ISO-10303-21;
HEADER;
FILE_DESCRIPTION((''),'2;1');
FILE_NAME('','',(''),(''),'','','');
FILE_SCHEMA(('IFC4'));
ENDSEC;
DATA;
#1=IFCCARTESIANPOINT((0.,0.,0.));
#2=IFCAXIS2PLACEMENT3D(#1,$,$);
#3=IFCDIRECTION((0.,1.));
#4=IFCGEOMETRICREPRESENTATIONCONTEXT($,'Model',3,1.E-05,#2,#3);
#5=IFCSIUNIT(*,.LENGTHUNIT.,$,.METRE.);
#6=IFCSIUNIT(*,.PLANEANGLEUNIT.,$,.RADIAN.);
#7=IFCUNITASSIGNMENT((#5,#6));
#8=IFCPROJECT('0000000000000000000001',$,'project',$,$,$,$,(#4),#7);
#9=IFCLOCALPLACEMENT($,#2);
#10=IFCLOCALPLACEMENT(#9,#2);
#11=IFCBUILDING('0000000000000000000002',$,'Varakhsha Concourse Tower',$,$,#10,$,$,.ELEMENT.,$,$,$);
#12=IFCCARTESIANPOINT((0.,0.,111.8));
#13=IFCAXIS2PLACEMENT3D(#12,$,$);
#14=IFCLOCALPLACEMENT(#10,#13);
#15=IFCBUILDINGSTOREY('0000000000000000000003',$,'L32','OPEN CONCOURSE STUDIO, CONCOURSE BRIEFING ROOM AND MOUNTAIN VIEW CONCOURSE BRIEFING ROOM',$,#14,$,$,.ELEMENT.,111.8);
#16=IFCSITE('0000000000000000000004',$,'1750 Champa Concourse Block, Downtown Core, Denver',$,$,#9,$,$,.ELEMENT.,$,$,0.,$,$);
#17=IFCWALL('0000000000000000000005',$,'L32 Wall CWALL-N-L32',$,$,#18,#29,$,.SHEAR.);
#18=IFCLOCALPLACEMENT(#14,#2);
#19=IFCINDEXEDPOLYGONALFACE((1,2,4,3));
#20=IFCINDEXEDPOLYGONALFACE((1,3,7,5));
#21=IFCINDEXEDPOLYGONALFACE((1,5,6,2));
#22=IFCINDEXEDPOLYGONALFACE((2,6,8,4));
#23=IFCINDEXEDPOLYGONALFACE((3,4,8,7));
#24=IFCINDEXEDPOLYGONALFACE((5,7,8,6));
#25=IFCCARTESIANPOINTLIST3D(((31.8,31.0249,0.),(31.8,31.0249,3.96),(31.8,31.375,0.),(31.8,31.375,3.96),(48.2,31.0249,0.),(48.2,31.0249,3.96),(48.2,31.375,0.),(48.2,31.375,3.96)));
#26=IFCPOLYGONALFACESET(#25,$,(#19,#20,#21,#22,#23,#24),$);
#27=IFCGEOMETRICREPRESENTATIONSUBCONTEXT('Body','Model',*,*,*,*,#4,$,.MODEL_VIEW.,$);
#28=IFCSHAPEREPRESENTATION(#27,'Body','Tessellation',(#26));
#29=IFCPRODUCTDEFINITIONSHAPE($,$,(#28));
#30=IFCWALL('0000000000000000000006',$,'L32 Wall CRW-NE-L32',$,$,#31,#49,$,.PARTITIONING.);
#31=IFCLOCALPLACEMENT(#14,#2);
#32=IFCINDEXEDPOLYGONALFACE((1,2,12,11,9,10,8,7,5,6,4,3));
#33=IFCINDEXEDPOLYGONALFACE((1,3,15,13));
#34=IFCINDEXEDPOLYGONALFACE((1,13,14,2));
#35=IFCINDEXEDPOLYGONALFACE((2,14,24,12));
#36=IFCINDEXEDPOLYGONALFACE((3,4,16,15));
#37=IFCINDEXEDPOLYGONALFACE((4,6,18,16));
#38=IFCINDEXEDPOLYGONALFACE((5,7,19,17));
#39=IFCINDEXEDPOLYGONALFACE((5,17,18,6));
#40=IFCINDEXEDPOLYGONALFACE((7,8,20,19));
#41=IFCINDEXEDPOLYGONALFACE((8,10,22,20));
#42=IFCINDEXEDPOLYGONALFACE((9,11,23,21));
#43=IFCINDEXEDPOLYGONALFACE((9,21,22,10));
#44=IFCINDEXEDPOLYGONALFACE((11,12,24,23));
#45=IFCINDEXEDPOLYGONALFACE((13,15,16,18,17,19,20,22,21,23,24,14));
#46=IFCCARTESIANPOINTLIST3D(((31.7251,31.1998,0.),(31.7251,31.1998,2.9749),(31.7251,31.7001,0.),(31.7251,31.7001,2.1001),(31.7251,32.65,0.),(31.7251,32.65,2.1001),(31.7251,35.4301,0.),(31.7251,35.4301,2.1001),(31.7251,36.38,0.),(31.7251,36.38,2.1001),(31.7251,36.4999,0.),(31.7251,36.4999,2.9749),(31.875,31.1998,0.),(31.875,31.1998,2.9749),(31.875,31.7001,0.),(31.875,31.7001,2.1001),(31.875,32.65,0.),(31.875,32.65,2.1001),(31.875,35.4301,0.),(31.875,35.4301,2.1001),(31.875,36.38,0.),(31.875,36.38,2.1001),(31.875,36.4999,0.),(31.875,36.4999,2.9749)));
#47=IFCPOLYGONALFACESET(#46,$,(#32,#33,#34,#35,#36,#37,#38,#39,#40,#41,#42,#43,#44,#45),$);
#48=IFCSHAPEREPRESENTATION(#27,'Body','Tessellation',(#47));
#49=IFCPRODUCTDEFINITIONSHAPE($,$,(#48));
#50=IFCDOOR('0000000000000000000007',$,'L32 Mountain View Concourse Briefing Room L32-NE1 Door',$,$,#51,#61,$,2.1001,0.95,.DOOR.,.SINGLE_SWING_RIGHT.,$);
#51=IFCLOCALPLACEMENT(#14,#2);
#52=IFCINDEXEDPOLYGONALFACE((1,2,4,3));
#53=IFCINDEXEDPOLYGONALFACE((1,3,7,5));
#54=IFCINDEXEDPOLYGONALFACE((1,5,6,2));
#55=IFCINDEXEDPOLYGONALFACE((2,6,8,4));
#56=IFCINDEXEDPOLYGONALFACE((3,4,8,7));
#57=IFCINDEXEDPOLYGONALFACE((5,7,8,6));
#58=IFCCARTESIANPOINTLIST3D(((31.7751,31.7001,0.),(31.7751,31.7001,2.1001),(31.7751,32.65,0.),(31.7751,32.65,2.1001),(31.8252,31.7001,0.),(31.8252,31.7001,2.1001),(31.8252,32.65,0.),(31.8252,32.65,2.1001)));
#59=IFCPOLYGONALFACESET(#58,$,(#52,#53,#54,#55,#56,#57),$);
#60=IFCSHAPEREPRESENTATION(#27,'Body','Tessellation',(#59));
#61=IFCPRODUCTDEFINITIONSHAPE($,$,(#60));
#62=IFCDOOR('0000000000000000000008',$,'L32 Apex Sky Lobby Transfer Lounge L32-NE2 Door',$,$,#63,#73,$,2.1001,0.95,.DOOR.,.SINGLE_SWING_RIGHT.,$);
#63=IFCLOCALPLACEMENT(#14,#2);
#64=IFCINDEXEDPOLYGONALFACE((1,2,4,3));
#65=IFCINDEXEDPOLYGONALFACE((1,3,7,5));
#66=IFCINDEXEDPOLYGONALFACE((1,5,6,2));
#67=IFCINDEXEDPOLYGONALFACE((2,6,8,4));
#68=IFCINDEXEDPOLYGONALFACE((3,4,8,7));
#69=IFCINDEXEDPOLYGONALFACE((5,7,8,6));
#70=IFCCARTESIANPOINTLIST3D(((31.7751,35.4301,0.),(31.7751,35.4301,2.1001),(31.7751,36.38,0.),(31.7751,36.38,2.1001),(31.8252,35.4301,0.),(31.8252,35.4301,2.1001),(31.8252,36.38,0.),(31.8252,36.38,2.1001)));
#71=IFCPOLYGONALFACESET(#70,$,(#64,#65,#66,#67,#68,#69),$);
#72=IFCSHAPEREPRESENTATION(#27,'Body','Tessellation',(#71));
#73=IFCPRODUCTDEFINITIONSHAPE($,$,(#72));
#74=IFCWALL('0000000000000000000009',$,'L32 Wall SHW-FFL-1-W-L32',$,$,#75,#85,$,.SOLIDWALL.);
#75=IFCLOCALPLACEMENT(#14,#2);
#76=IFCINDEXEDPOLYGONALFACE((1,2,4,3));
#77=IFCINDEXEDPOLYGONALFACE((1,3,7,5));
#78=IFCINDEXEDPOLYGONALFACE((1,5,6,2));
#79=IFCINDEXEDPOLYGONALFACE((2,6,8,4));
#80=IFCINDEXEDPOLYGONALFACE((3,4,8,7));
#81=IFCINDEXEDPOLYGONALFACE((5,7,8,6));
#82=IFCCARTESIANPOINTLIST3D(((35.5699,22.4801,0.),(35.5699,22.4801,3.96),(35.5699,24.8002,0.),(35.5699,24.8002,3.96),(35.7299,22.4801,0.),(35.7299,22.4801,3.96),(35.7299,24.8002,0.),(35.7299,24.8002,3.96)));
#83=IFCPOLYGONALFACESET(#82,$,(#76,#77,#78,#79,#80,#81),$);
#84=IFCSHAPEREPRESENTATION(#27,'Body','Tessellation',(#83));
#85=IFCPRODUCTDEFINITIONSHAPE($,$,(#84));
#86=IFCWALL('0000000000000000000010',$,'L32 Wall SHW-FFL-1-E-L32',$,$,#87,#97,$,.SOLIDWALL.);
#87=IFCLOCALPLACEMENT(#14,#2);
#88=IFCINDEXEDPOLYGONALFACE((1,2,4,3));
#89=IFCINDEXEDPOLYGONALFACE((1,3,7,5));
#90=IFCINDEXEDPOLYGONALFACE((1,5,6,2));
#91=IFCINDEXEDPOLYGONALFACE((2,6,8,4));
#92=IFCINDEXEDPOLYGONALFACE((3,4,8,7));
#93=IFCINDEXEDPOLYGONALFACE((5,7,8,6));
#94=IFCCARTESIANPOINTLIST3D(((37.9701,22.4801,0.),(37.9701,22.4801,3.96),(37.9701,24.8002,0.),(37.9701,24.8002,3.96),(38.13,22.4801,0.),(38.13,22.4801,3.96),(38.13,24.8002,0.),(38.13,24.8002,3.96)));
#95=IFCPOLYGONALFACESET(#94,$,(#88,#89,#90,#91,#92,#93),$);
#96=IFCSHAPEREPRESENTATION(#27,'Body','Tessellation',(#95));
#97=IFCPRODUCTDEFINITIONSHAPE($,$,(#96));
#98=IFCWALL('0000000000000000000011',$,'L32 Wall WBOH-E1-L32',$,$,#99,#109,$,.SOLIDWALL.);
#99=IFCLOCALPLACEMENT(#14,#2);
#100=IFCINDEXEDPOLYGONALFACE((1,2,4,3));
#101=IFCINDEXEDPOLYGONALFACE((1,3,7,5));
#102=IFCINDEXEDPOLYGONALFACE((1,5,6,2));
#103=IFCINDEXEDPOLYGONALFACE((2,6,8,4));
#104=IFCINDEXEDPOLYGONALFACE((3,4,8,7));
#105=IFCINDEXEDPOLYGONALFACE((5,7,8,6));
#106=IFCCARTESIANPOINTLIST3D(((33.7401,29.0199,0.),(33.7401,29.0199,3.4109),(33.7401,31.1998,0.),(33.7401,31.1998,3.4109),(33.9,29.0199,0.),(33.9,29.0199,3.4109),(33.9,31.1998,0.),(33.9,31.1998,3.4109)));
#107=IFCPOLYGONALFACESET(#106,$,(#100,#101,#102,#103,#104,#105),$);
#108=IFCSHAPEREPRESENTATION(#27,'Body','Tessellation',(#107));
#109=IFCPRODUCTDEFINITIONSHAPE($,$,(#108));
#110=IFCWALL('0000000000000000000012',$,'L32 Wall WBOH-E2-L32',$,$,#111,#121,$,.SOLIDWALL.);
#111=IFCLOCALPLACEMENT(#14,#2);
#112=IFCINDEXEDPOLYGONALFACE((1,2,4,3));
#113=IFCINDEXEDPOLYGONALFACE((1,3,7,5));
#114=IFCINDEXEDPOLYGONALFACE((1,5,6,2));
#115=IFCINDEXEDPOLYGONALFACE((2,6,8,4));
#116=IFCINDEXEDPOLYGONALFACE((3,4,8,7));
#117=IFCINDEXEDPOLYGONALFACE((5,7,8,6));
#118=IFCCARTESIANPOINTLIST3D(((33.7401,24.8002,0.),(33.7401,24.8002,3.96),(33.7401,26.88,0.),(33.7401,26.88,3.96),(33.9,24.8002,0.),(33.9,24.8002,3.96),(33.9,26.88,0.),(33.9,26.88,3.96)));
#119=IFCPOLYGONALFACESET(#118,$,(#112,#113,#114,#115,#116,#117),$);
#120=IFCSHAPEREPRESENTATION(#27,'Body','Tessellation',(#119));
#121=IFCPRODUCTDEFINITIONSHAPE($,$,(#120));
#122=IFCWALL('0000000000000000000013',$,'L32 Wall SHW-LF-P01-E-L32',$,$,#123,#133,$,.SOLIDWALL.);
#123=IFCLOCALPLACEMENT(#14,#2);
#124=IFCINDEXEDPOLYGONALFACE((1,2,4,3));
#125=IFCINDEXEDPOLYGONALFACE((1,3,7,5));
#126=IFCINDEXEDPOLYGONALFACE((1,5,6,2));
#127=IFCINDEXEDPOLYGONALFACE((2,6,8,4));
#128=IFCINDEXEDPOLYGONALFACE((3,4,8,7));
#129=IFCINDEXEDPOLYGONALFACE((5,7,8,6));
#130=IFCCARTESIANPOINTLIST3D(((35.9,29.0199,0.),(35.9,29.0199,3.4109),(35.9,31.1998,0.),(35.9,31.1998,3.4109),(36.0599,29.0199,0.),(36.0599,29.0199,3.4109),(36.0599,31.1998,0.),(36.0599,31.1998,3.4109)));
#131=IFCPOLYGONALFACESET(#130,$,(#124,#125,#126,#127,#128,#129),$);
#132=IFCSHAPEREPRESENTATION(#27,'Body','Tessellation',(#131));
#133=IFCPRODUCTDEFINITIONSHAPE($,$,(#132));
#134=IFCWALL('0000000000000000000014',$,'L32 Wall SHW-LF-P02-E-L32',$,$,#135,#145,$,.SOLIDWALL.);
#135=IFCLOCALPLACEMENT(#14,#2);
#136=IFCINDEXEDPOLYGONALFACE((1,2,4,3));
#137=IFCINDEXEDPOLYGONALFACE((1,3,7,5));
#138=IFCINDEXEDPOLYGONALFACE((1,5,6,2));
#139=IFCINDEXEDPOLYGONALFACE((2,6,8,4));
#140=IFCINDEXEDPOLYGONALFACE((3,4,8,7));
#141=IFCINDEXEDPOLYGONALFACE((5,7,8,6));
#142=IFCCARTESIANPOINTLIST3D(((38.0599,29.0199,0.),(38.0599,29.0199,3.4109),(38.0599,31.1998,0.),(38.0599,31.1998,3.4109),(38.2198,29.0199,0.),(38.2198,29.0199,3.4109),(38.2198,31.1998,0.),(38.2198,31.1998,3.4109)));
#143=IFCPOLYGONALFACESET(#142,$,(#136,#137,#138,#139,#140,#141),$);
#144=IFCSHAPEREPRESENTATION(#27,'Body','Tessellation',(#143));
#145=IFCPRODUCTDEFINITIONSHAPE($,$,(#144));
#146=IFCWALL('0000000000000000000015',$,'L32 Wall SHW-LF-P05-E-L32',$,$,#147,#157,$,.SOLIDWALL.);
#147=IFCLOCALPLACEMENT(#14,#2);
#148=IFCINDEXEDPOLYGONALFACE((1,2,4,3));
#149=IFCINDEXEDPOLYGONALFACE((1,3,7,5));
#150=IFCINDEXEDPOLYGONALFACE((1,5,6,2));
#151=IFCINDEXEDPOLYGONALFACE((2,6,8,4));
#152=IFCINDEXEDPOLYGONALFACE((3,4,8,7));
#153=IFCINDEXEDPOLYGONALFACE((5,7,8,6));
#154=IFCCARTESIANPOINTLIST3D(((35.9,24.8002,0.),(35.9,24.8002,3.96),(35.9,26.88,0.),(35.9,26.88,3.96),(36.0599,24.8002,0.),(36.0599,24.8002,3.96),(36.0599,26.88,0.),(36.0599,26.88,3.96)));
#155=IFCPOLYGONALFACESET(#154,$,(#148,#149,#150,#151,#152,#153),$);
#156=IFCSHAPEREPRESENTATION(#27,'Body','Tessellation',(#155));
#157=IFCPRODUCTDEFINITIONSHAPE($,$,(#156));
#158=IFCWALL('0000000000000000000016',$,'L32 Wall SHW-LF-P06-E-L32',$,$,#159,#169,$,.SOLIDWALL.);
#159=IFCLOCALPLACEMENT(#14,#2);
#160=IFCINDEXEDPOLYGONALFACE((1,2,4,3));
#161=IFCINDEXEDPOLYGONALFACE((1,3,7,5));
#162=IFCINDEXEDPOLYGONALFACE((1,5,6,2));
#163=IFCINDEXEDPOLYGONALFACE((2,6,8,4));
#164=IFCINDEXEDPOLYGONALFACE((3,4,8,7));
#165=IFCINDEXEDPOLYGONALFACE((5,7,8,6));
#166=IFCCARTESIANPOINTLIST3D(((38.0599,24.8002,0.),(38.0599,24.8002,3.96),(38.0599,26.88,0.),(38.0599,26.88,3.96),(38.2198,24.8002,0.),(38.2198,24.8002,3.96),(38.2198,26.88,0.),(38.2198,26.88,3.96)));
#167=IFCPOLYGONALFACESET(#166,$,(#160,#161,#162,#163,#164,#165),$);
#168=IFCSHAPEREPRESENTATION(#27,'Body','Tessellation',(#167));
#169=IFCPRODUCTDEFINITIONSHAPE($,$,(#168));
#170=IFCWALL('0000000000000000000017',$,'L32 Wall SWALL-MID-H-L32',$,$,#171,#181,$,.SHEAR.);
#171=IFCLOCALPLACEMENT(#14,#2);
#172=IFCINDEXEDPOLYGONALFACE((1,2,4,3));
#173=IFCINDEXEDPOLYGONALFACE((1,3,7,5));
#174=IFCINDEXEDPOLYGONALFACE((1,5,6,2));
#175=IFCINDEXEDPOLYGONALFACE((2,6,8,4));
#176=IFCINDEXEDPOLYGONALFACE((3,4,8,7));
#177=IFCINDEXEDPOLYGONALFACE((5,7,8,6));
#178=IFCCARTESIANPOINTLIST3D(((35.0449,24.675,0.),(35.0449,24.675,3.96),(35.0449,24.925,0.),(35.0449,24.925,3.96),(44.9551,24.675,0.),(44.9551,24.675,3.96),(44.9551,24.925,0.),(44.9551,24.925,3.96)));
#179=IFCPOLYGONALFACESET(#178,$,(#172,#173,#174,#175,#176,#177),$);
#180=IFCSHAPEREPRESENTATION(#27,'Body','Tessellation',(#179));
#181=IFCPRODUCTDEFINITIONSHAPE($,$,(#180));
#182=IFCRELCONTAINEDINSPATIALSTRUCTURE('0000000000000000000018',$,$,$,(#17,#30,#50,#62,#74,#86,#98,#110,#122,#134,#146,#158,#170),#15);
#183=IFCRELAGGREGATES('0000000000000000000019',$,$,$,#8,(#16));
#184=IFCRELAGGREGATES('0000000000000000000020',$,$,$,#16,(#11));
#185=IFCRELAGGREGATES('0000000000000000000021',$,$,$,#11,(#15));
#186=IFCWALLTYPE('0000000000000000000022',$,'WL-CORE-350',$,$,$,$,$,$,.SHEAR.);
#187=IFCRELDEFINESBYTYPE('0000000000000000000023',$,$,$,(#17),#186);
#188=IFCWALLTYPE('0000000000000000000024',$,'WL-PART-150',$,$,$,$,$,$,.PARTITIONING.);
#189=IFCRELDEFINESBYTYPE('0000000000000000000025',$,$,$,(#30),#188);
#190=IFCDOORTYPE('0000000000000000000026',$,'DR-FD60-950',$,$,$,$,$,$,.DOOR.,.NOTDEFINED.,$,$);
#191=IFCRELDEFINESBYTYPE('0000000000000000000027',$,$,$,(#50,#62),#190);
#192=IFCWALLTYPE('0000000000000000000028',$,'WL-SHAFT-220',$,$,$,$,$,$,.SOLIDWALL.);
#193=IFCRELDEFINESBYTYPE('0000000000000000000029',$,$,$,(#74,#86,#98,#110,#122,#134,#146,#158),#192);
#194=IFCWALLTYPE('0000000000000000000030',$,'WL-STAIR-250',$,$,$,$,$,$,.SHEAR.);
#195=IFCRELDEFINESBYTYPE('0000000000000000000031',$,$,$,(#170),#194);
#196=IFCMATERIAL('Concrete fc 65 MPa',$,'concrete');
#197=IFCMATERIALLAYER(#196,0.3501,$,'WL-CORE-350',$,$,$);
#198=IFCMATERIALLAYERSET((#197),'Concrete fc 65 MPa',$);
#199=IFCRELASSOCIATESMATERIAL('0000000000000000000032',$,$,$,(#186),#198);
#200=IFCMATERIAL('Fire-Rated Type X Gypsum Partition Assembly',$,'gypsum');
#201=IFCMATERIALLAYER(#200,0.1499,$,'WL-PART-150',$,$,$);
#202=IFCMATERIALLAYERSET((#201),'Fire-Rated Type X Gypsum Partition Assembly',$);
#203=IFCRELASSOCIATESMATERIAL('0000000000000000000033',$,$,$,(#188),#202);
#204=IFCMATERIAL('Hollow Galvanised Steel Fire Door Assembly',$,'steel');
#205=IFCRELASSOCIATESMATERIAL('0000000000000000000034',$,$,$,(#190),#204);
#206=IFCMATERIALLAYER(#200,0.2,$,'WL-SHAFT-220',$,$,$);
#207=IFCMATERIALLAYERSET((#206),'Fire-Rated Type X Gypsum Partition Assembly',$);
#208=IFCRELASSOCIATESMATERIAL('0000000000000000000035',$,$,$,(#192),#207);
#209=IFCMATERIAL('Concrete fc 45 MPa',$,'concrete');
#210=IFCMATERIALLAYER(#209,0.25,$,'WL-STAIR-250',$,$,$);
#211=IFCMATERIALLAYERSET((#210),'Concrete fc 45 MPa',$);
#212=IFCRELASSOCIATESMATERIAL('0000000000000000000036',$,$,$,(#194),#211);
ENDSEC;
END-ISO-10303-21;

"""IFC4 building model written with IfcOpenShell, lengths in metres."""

from ifc_helpers import new_model, si_unit, direction, frame, frame_2d, origin, place, context, subcontext, project, spatial, rectangle, extrude, material, layer, layer_set, type_object, element, fill, save


model = new_model("IFC4")

# Units and contexts
model_context = context("Model", 3, precision=1e-05, world=origin(), true_north=direction((0.0, 1.0)))
body_context = subcontext(model_context, "Body", "Model", "MODEL_VIEW")
ifc_project = project(units=[si_unit("LENGTHUNIT", "METRE"), si_unit("PLANEANGLEUNIT", "RADIAN")], contexts=[model_context])

# Site, building, storey
site_placement = place(None, origin())
site = spatial("IfcSite", under=ifc_project, at=site_placement, Name="1750 Champa Concourse Block, Downtown Core, Denver", CompositionType="ELEMENT", RefElevation=0.0)
building_placement = place(site_placement, origin())
building = spatial("IfcBuilding", under=site, at=building_placement, Name="Varakhsha Concourse Tower", CompositionType="ELEMENT")
storey_placement = place(building_placement, frame((0.0, 0.0, 111.8)))
storey = spatial("IfcBuildingStorey", under=building, at=storey_placement, Name="L32", Description="OPEN CONCOURSE STUDIO, CONCOURSE BRIEFING ROOM AND MOUNTAIN VIEW CONCOURSE BRIEFING ROOM", CompositionType="ELEMENT", Elevation=111.8)

# Wall
ifc_material_1 = material(Name="Concrete fc 65 MPa", Category="concrete")
ifc_layer_1 = layer(ifc_material_1, 0.3501, Name="WL-CORE-350")
ifc_layer_set_1 = layer_set([ifc_layer_1], Name="Concrete fc 65 MPa")
wall_type_1 = type_object("IfcWallType", Name="WL-CORE-350", PredefinedType="SHEAR", material=ifc_layer_set_1)
wall_1_placement = place(storey_placement, frame((31.8, 31.2, 0.0), z_axis=(0.0, 0.0, 1.0), x_axis=(1.0, 0.0, 0.0)))
element("IfcWall", 1, at=wall_1_placement, inside=storey, type_object=wall_type_1, Name="L32 Wall CWALL-N-L32", PredefinedType="SHEAR", context=body_context, shape_type="SweptSolid", body=[
    extrude(rectangle(XDim=16.3999, YDim=0.3501, at=frame_2d((8.2, 0.0))), origin(), (0.0, 0.0, 1.0), 3.96),
])

# Wall, openings, doors
ifc_material_2 = material(Name="Fire-Rated Type X Gypsum Partition Assembly", Category="gypsum")
ifc_layer_2 = layer(ifc_material_2, 0.1499, Name="WL-PART-150")
ifc_layer_set_2 = layer_set([ifc_layer_2], Name="Fire-Rated Type X Gypsum Partition Assembly")
wall_type_2 = type_object("IfcWallType", Name="WL-PART-150", PredefinedType="PARTITIONING", material=ifc_layer_set_2)
wall_2_placement = place(storey_placement, frame((31.8, 31.2, 0.0), z_axis=(0.0, 0.0, 1.0), x_axis=(0.0, 1.0, 0.0)))
wall_2 = element("IfcWall", 2, at=wall_2_placement, inside=storey, type_object=wall_type_2, Name="L32 Wall CRW-NE-L32", PredefinedType="PARTITIONING", context=body_context, shape_type="SweptSolid", body=[
    extrude(rectangle(XDim=5.3, YDim=0.1499, at=frame_2d((2.6499, 0.0))), origin(), (0.0, 0.0, 1.0), 2.9749),
])
opening_1_placement = place(wall_2_placement, frame((0.5, 0.0, 0.0)))
opening_1 = element("IfcOpeningElement", 3, at=opening_1_placement, cuts=wall_2, PredefinedType="OPENING", context=body_context, shape_type="SweptSolid", body=[
    extrude(rectangle(XDim=0.95, YDim=2.1001, at=frame_2d((0.4751, 1.05))), frame((0.0, 0.085, 0.0), z_axis=(0.0, -1.0, 0.0), x_axis=(1.0, 0.0, 0.0)), (0.0, 0.0, 1.0), 0.1699),
])
opening_2_placement = place(wall_2_placement, frame((4.23, 0.0, 0.0)))
opening_2 = element("IfcOpeningElement", 4, at=opening_2_placement, cuts=wall_2, PredefinedType="OPENING", context=body_context, shape_type="SweptSolid", body=[
    extrude(rectangle(XDim=0.95, YDim=2.1001, at=frame_2d((0.4751, 1.05))), frame((0.0, 0.085, 0.0), z_axis=(0.0, -1.0, 0.0), x_axis=(1.0, 0.0, 0.0)), (0.0, 0.0, 1.0), 0.1699),
])
ifc_material_3 = material(Name="Hollow Galvanised Steel Fire Door Assembly", Category="steel")
door_type_1 = type_object("IfcDoorType", Name="DR-FD60-950", OperationType="NOTDEFINED", PredefinedType="DOOR", material=ifc_material_3)
door_1_placement = place(opening_1_placement, origin())
door_1 = element("IfcDoor", 5, at=door_1_placement, inside=storey, type_object=door_type_1, Name="L32 Mountain View Concourse Briefing Room L32-NE1 Door", OperationType="SINGLE_SWING_RIGHT", OverallHeight=2.1001, OverallWidth=0.95, PredefinedType="DOOR", context=body_context, shape_type="SweptSolid", body=[
    extrude(rectangle(XDim=0.95, YDim=2.1001, at=frame_2d((0.4751, 1.05))), frame((0.0, 0.0249, 0.0), z_axis=(0.0, -1.0, 0.0), x_axis=(1.0, 0.0, 0.0)), (0.0, 0.0, 1.0), 0.05),
])
fill(opening_1, door_1)
door_2_placement = place(opening_2_placement, origin())
door_2 = element("IfcDoor", 6, at=door_2_placement, inside=storey, type_object=door_type_1, Name="L32 Apex Sky Lobby Transfer Lounge L32-NE2 Door", OperationType="SINGLE_SWING_RIGHT", OverallHeight=2.1001, OverallWidth=0.95, PredefinedType="DOOR", context=body_context, shape_type="SweptSolid", body=[
    extrude(rectangle(XDim=0.95, YDim=2.1001, at=frame_2d((0.4751, 1.05))), frame((0.0, 0.0249, 0.0), z_axis=(0.0, -1.0, 0.0), x_axis=(1.0, 0.0, 0.0)), (0.0, 0.0, 1.0), 0.05),
])
fill(opening_2, door_2)
ifc_layer_3 = layer(ifc_material_2, 0.2, Name="WL-SHAFT-220")
ifc_layer_set_3 = layer_set([ifc_layer_3], Name="Fire-Rated Type X Gypsum Partition Assembly")
wall_type_3 = type_object("IfcWallType", Name="WL-SHAFT-220", PredefinedType="SOLIDWALL", material=ifc_layer_set_3)

# Walls
for number, where, z_axis, x_axis, name in (
    (7, (35.6499, 22.48, 0.0), (0.0, 0.0, 1.0), (0.0, 1.0, 0.0), "L32 Wall SHW-FFL-1-W-L32"),
    (8, (38.05, 22.48, 0.0), (0.0, 0.0, 1.0), (0.0, 1.0, 0.0), "L32 Wall SHW-FFL-1-E-L32"),
):
    element("IfcWall", number, at=place(storey_placement, frame(where, z_axis=z_axis, x_axis=x_axis)), inside=storey, type_object=wall_type_3, Name=name, PredefinedType="SOLIDWALL", context=body_context, shape_type="SweptSolid", body=[
        extrude(rectangle(XDim=2.3201, YDim=0.1599, at=frame_2d((1.1602, 0.0))), origin(), (0.0, 0.0, 1.0), 3.96),
    ])

# Walls
wall_3_placement = place(storey_placement, frame((33.8201, 29.02, 0.0), z_axis=(0.0, 0.0, 1.0), x_axis=(0.0, 1.0, 0.0)))
element("IfcWall", 9, at=wall_3_placement, inside=storey, type_object=wall_type_3, Name="L32 Wall WBOH-E1-L32", PredefinedType="SOLIDWALL", context=body_context, shape_type="SweptSolid", body=[
    extrude(rectangle(XDim=2.1799, YDim=0.1599, at=frame_2d((1.0898, 0.0))), origin(), (0.0, 0.0, 1.0), 3.4109),
])
wall_4_placement = place(storey_placement, frame((33.8201, 24.8, 0.0), z_axis=(0.0, 0.0, 1.0), x_axis=(0.0, 1.0, 0.0)))
element("IfcWall", 10, at=wall_4_placement, inside=storey, type_object=wall_type_3, Name="L32 Wall WBOH-E2-L32", PredefinedType="SOLIDWALL", context=body_context, shape_type="SweptSolid", body=[
    extrude(rectangle(XDim=2.0798, YDim=0.1599, at=frame_2d((1.04, 0.0))), origin(), (0.0, 0.0, 1.0), 3.96),
])
for number, where, z_axis, x_axis, name in (
    (11, (35.98, 29.02, 0.0), (0.0, 0.0, 1.0), (0.0, 1.0, 0.0), "L32 Wall SHW-LF-P01-E-L32"),
    (12, (38.1399, 29.02, 0.0), (0.0, 0.0, 1.0), (0.0, 1.0, 0.0), "L32 Wall SHW-LF-P02-E-L32"),
):
    element("IfcWall", number, at=place(storey_placement, frame(where, z_axis=z_axis, x_axis=x_axis)), inside=storey, type_object=wall_type_3, Name=name, PredefinedType="SOLIDWALL", context=body_context, shape_type="SweptSolid", body=[
        extrude(rectangle(XDim=2.1799, YDim=0.1599, at=frame_2d((1.0898, 0.0))), origin(), (0.0, 0.0, 1.0), 3.4109),
    ])
for number, where, z_axis, x_axis, name in (
    (13, (35.98, 24.8, 0.0), (0.0, 0.0, 1.0), (0.0, 1.0, 0.0), "L32 Wall SHW-LF-P05-E-L32"),
    (14, (38.1399, 24.8, 0.0), (0.0, 0.0, 1.0), (0.0, 1.0, 0.0), "L32 Wall SHW-LF-P06-E-L32"),
):
    element("IfcWall", number, at=place(storey_placement, frame(where, z_axis=z_axis, x_axis=x_axis)), inside=storey, type_object=wall_type_3, Name=name, PredefinedType="SOLIDWALL", context=body_context, shape_type="SweptSolid", body=[
        extrude(rectangle(XDim=2.0798, YDim=0.1599, at=frame_2d((1.04, 0.0))), origin(), (0.0, 0.0, 1.0), 3.96),
    ])
ifc_material_4 = material(Name="Concrete fc 45 MPa", Category="concrete")
ifc_layer_4 = layer(ifc_material_4, 0.25, Name="WL-STAIR-250")
ifc_layer_set_4 = layer_set([ifc_layer_4], Name="Concrete fc 45 MPa")
wall_type_4 = type_object("IfcWallType", Name="WL-STAIR-250", PredefinedType="SHEAR", material=ifc_layer_set_4)
wall_5_placement = place(storey_placement, frame((35.0449, 24.8, 0.0), z_axis=(0.0, 0.0, 1.0), x_axis=(1.0, 0.0, 0.0)))
element("IfcWall", 15, at=wall_5_placement, inside=storey, type_object=wall_type_4, Name="L32 Wall SWALL-MID-H-L32", PredefinedType="SHEAR", context=body_context, shape_type="SweptSolid", body=[
    extrude(rectangle(XDim=9.9102, YDim=0.25, at=frame_2d((4.9551, 0.0))), origin(), (0.0, 0.0, 1.0), 3.96),
])

save(model, "model.ifc")
